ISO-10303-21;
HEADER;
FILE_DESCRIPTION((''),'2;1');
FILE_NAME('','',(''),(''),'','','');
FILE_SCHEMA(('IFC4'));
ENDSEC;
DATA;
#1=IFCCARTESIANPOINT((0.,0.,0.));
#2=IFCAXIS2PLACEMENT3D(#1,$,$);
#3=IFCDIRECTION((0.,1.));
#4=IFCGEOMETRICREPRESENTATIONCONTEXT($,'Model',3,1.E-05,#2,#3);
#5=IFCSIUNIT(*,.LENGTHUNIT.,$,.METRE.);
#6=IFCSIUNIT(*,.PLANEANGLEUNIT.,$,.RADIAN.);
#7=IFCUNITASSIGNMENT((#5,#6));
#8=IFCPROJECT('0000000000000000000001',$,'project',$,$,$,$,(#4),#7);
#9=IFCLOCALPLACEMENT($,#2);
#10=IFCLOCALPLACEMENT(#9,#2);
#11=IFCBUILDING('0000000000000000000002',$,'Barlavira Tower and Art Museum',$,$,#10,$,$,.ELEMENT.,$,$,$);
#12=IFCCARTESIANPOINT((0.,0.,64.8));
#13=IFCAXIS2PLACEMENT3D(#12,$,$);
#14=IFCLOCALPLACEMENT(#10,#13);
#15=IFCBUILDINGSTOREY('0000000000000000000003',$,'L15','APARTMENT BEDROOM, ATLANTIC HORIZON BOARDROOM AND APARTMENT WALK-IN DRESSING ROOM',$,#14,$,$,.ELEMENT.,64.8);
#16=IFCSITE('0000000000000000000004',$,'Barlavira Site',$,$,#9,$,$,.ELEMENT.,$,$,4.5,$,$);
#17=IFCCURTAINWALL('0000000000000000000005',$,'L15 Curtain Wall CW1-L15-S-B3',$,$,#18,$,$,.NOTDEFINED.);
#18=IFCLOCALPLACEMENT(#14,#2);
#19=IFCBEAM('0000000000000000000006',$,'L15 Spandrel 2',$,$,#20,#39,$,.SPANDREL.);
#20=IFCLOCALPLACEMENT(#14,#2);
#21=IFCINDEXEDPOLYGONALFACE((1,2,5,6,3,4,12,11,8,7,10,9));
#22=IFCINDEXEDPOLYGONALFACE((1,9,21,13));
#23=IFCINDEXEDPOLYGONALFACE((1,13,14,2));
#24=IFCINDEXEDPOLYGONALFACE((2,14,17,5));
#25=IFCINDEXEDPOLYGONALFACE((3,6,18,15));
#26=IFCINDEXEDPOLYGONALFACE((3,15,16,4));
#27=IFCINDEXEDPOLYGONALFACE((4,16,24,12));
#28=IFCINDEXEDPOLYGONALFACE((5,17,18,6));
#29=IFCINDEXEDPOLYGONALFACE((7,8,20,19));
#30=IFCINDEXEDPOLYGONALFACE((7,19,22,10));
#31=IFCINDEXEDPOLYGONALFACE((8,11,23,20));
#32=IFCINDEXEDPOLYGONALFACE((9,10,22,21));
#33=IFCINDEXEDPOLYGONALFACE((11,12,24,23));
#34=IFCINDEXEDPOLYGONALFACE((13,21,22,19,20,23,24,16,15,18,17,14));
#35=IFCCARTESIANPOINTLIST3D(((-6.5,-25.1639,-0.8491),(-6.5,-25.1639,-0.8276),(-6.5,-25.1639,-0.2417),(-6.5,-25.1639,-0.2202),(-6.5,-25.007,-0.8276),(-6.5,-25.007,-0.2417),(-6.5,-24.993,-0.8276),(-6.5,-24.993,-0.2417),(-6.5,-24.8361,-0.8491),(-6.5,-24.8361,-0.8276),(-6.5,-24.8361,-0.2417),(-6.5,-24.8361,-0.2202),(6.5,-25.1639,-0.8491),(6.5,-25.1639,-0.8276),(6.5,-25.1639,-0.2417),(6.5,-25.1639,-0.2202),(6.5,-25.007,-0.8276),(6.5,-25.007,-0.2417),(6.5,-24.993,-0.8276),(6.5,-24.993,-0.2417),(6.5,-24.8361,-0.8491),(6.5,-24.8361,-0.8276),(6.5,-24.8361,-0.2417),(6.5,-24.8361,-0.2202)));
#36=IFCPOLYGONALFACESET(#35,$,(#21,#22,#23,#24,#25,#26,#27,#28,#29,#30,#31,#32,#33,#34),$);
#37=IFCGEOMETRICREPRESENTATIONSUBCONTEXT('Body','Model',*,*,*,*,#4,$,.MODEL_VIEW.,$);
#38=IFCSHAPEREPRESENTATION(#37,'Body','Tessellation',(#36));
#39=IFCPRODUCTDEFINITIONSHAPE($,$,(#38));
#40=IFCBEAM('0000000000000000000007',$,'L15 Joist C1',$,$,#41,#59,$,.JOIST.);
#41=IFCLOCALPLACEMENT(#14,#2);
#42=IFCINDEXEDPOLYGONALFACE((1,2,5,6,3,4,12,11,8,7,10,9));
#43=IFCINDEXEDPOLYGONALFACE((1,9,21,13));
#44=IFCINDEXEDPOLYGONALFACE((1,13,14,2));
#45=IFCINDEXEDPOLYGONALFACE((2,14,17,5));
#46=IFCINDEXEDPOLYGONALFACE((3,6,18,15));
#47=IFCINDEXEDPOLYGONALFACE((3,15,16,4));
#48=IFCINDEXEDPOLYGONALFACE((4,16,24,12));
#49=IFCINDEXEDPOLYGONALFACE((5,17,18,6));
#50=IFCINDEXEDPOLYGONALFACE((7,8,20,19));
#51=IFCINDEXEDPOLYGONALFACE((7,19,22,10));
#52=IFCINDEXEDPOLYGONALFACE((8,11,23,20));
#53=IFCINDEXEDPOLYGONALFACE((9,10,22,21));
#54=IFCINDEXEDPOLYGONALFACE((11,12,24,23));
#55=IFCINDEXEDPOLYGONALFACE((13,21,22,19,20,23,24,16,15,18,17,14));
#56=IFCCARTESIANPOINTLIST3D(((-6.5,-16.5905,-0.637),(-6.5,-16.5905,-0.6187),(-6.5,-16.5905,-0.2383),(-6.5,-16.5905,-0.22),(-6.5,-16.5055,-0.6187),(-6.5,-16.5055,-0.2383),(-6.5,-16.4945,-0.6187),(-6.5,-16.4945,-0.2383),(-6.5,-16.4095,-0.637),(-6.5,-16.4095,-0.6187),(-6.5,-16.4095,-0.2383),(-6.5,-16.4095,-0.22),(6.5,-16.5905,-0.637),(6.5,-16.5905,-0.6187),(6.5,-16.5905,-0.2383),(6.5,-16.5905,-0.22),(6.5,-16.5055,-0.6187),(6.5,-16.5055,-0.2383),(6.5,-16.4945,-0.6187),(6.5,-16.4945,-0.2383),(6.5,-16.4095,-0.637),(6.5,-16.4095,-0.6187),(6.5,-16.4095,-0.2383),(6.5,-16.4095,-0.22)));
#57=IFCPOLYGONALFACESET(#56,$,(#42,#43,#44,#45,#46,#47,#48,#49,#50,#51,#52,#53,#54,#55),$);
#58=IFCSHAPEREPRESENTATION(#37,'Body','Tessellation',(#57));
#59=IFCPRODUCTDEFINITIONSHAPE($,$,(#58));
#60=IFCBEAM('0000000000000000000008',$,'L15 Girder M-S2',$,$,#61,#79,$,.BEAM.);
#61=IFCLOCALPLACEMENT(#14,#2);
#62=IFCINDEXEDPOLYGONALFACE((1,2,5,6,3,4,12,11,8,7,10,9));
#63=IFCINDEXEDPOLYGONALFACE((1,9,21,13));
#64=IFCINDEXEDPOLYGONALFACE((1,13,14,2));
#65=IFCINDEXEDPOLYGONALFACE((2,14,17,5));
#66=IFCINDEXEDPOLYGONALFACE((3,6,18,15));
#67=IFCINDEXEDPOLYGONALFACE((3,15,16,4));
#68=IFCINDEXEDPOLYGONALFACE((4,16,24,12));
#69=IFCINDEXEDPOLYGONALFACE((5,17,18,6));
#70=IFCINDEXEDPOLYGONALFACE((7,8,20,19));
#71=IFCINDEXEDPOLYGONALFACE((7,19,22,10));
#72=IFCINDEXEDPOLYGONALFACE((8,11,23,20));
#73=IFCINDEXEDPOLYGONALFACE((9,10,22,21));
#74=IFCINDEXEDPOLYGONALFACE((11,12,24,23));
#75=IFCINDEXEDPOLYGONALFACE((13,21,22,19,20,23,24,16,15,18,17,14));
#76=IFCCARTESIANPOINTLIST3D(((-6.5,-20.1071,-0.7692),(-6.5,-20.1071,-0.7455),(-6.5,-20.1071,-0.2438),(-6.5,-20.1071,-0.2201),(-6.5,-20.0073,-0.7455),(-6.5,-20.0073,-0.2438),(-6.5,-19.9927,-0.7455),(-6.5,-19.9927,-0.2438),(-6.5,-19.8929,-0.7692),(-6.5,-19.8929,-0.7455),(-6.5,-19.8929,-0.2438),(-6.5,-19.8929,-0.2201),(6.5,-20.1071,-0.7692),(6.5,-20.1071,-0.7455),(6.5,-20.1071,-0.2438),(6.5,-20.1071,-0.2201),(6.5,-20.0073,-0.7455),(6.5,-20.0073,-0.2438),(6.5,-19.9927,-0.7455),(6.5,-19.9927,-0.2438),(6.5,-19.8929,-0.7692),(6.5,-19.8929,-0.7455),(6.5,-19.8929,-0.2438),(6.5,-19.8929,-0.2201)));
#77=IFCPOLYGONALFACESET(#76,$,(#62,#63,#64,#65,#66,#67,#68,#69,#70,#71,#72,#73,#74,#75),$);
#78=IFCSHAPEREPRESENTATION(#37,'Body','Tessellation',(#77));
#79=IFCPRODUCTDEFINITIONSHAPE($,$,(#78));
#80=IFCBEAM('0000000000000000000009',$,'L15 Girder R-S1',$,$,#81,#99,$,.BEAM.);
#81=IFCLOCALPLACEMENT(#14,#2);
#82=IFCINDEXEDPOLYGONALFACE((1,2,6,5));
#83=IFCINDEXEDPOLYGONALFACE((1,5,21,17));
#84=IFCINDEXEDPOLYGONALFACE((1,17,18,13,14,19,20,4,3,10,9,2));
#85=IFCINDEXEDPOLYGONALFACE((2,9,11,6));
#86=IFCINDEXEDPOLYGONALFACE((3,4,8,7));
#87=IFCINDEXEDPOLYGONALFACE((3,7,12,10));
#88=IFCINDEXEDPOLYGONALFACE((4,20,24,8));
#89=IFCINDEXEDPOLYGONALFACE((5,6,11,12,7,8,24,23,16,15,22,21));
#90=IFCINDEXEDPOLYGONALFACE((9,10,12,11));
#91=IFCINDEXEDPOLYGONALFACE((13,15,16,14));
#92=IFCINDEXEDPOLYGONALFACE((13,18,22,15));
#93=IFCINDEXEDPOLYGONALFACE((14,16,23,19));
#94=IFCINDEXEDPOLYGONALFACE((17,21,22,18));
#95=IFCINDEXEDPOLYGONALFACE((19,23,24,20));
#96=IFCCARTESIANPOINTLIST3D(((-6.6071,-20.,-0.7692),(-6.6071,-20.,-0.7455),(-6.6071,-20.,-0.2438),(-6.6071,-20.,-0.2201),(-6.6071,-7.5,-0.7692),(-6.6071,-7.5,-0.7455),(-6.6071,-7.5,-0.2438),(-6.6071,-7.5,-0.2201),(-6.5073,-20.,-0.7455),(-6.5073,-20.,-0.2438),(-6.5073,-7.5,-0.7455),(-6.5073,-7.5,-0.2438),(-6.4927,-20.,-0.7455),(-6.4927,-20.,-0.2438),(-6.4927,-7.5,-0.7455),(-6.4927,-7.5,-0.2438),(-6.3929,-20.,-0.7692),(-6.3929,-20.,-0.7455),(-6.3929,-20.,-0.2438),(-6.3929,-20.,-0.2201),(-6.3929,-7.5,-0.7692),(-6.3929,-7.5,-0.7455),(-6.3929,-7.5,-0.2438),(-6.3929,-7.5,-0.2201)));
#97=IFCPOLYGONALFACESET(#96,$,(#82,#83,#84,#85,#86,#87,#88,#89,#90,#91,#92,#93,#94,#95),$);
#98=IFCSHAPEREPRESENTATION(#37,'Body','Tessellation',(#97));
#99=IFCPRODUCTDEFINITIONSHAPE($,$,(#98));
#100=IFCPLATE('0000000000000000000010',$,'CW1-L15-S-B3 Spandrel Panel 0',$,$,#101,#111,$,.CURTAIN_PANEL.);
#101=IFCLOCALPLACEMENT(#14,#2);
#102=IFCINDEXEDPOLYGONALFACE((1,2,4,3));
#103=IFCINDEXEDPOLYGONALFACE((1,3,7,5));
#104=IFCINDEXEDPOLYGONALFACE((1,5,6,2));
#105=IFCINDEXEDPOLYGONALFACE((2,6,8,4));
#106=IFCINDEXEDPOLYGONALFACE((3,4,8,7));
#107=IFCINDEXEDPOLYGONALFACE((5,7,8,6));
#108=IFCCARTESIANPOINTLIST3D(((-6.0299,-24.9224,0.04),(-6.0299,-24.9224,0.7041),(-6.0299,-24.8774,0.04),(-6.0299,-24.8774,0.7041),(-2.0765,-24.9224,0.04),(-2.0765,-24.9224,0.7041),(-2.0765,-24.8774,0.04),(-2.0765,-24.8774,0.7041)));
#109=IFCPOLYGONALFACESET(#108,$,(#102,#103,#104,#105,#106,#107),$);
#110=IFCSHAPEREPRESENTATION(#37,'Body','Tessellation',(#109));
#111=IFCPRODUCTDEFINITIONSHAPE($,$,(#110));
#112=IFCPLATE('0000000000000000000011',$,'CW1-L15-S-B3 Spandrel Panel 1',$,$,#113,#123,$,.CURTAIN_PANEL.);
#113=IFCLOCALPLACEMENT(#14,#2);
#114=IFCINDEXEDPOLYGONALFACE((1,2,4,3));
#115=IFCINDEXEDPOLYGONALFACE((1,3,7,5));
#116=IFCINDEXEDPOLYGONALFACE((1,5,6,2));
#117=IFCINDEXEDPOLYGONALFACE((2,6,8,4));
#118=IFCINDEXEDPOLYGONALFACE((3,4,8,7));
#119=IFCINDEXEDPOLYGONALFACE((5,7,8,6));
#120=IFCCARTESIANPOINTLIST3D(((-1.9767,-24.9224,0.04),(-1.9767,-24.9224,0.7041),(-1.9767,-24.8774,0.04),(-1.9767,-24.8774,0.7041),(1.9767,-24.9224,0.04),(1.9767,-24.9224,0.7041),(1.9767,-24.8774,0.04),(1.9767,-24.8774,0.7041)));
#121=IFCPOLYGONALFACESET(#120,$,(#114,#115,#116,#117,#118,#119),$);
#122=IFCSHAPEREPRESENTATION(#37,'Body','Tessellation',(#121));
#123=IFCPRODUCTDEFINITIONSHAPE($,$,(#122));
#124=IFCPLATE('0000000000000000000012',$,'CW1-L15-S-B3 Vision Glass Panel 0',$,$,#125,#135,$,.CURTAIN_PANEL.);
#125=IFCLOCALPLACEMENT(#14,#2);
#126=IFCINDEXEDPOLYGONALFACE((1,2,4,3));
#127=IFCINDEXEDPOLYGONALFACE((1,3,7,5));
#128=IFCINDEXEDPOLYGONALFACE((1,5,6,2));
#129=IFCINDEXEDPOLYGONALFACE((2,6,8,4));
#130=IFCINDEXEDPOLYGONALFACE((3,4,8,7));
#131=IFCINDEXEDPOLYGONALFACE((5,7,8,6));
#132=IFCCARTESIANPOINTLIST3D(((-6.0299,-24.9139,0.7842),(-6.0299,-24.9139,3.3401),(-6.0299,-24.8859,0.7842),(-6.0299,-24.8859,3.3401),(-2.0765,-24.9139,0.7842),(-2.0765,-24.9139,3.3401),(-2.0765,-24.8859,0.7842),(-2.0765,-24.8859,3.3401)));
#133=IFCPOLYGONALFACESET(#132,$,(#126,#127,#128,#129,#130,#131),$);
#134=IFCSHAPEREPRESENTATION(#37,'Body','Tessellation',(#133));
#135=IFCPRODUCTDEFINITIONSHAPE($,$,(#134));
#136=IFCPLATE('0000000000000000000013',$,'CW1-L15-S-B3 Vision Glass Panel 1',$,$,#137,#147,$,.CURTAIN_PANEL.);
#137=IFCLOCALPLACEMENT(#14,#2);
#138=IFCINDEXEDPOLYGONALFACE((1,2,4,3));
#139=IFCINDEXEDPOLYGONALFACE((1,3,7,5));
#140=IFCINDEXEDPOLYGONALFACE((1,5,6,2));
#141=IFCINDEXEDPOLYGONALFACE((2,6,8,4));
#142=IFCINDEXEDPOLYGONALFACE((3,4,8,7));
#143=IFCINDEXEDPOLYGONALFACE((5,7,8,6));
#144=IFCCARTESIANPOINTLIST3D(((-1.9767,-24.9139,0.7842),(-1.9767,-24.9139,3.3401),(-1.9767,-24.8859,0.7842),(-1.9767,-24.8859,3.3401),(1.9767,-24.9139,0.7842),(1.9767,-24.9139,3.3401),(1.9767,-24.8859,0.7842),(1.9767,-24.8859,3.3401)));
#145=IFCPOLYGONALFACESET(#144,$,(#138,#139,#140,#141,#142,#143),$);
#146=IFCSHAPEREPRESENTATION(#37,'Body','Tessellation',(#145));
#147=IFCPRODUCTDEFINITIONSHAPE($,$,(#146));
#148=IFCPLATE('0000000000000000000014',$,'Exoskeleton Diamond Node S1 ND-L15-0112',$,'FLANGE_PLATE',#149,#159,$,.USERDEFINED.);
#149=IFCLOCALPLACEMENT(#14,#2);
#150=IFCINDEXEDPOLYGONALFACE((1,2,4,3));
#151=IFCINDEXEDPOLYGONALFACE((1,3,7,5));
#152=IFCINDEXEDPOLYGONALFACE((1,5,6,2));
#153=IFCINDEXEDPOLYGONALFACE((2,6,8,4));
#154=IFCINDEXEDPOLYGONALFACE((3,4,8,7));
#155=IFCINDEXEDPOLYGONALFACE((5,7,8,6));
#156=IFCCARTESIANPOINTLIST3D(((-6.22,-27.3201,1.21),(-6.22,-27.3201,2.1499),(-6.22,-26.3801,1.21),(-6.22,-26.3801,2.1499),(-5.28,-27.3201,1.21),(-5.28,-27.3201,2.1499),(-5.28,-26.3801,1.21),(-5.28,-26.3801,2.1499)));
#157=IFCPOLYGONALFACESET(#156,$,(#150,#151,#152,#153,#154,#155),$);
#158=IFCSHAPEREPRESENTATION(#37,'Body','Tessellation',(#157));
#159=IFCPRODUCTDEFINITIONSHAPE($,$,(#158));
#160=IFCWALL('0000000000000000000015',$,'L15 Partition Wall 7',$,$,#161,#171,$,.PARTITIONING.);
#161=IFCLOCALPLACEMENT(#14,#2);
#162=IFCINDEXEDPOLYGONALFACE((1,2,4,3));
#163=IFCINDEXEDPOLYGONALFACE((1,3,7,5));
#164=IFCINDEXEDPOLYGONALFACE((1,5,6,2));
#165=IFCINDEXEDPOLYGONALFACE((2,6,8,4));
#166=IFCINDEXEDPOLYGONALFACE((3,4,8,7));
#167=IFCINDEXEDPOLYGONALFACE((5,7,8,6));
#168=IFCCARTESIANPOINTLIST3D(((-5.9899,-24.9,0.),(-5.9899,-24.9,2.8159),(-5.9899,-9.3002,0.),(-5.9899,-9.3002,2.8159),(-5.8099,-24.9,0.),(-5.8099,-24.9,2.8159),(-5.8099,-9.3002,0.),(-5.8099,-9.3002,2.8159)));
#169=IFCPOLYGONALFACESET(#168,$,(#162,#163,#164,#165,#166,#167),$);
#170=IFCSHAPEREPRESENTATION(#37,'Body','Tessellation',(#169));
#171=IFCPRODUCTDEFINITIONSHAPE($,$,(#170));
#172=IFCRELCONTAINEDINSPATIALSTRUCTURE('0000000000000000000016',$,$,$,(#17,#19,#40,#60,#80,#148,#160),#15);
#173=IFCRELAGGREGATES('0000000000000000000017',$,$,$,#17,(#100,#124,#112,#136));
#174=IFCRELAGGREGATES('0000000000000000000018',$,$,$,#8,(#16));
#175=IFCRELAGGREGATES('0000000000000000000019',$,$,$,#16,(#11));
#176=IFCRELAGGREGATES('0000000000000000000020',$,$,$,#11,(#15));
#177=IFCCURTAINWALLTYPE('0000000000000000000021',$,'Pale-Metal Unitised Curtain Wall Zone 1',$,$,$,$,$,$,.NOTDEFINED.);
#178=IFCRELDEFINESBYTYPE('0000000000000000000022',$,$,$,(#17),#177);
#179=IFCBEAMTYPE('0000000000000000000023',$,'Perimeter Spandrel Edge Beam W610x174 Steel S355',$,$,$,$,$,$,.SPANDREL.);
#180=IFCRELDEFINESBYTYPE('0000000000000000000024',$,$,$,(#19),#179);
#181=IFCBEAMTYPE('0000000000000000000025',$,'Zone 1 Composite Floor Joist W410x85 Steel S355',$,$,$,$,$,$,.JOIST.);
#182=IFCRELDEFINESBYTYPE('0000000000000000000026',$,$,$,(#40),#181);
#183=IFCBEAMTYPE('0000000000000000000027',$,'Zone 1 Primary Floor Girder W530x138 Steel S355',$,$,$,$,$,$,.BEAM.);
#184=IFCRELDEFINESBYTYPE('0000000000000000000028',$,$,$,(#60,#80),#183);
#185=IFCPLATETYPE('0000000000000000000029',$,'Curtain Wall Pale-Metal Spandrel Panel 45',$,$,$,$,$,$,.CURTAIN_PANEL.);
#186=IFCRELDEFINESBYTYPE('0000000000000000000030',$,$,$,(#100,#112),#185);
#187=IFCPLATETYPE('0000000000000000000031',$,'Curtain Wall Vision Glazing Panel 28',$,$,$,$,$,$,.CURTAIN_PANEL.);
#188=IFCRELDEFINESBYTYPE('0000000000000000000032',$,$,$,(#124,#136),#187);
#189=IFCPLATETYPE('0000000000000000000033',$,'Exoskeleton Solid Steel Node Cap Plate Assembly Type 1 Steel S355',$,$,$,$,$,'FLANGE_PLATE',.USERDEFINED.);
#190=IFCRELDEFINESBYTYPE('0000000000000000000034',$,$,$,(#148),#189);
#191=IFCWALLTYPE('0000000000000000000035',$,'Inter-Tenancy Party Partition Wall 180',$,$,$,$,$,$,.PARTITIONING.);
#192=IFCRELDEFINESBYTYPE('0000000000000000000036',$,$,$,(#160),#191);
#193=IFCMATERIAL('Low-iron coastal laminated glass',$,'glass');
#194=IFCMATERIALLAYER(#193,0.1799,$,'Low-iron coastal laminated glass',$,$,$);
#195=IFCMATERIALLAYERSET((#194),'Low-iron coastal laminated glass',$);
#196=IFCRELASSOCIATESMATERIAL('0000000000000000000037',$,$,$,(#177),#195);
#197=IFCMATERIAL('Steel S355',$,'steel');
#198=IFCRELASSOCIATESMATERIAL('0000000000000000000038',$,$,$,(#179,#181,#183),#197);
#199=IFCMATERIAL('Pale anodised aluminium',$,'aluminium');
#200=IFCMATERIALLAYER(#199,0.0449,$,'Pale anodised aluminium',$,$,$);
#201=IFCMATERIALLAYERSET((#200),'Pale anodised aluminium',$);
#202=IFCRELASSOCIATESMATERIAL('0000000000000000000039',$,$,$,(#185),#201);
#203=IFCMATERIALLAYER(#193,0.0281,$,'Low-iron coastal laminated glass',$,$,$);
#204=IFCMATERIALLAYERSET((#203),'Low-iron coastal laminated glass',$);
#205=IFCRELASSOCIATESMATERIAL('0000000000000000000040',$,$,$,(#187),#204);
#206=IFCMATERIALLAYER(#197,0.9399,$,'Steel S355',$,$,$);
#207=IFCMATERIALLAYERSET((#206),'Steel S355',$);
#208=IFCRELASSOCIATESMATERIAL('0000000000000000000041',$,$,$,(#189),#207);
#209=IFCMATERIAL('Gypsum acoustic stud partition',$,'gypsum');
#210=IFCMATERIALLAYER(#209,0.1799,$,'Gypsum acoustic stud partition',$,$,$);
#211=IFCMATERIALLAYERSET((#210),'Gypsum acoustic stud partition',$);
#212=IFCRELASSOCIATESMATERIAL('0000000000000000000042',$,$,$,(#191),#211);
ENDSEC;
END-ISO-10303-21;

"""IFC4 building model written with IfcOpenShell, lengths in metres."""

from ifc_helpers import new_model, si_unit, direction, frame, frame_2d, origin, origin_2d, place, context, subcontext, project, spatial, rectangle, i_section, extrude, material, layer, layer_set, material_profile, profile_set, type_object, element, aggregate, save


model = new_model("IFC4")

# Units and contexts
model_context = context("Model", 3, precision=1e-05, world=origin(), true_north=direction((0.0, 1.0)))
body_context = subcontext(model_context, "Body", "Model", "MODEL_VIEW")
ifc_project = project(units=[si_unit("LENGTHUNIT", "METRE"), si_unit("PLANEANGLEUNIT", "RADIAN")], contexts=[model_context])

# Site, building, storey
site_placement = place(None, origin())
site = spatial("IfcSite", under=ifc_project, at=site_placement, Name="Barlavira Site", CompositionType="ELEMENT", RefElevation=4.5)
building_placement = place(site_placement, origin())
building = spatial("IfcBuilding", under=site, at=building_placement, Name="Barlavira Tower and Art Museum", CompositionType="ELEMENT")
storey_placement = place(building_placement, frame((0.0, 0.0, 64.8)))
storey = spatial("IfcBuildingStorey", under=building, at=storey_placement, Name="L15", Description="APARTMENT BEDROOM, ATLANTIC HORIZON BOARDROOM AND APARTMENT WALK-IN DRESSING ROOM", CompositionType="ELEMENT", Elevation=64.8)

# Curtain wall
ifc_material_1 = material(Name="Low-iron coastal laminated glass", Category="glass")
ifc_layer_1 = layer(ifc_material_1, 0.1799, Name="Low-iron coastal laminated glass")
ifc_layer_set_1 = layer_set([ifc_layer_1], Name="Low-iron coastal laminated glass")
curtain_wall_type = type_object("IfcCurtainWallType", Name="Pale-Metal Unitised Curtain Wall Zone 1", PredefinedType="NOTDEFINED", material=ifc_layer_set_1)
curtain_wall_placement = place(storey_placement, origin())
curtain_wall = element("IfcCurtainWall", 1, at=curtain_wall_placement, inside=storey, type_object=curtain_wall_type, Name="L15 Curtain Wall CW1-L15-S-B3", PredefinedType="NOTDEFINED")
ifc_material_2 = material(Name="Pale anodised aluminium", Category="aluminium")

# Beams
ifc_material_3 = material(Name="Steel S355", Category="steel")
ifc_material_profile_1 = material_profile(ifc_material_3, i_section(OverallWidth=0.3279, OverallDepth=0.6289, WebThickness=0.0139, FlangeThickness=0.0215, at=origin_2d()), Name="W610x174.0")
ifc_profile_set_1 = profile_set([ifc_material_profile_1], Name="Steel S355")
beam_type_1 = type_object("IfcBeamType", Name="Perimeter Spandrel Edge Beam W610x174 Steel S355", PredefinedType="SPANDREL", material=ifc_profile_set_1)
beam_1_placement = place(storey_placement, frame((-6.5, -25.0, -0.5347), z_axis=(1.0, 0.0, 0.0), x_axis=(0.0, 1.0, 0.0)))
element("IfcBeam", 2, at=beam_1_placement, inside=storey, type_object=beam_type_1, Name="L15 Spandrel 2", PredefinedType="SPANDREL", context=body_context, shape_type="SweptSolid", body=[
    extrude(i_section(OverallWidth=0.3279, OverallDepth=0.6289, WebThickness=0.0139, FlangeThickness=0.0215, at=origin_2d()), origin(), (0.0, 0.0, 1.0), 13.0),
])
ifc_material_profile_2 = material_profile(ifc_material_3, i_section(OverallWidth=0.1809, OverallDepth=0.417, WebThickness=0.011, FlangeThickness=0.0183, at=origin_2d()), Name="W410x85.0")
ifc_profile_set_2 = profile_set([ifc_material_profile_2], Name="Steel S355")
beam_type_2 = type_object("IfcBeamType", Name="Zone 1 Composite Floor Joist W410x85 Steel S355", PredefinedType="JOIST", material=ifc_profile_set_2)
beam_2_placement = place(storey_placement, frame((-6.5, -16.5, -0.4285), z_axis=(1.0, 0.0, 0.0), x_axis=(0.0, 1.0, 0.0)))
element("IfcBeam", 3, at=beam_2_placement, inside=storey, type_object=beam_type_2, Name="L15 Joist C1", PredefinedType="JOIST", context=body_context, shape_type="SweptSolid", body=[
    extrude(i_section(OverallWidth=0.1809, OverallDepth=0.417, WebThickness=0.011, FlangeThickness=0.0183, at=origin_2d()), origin(), (0.0, 0.0, 1.0), 13.0),
])
ifc_material_profile_3 = material_profile(ifc_material_3, i_section(OverallWidth=0.2141, OverallDepth=0.5491, WebThickness=0.0146, FlangeThickness=0.0237, at=origin_2d()), Name="W530x138.0")
ifc_profile_set_3 = profile_set([ifc_material_profile_3], Name="Steel S355")
beam_type_3 = type_object("IfcBeamType", Name="Zone 1 Primary Floor Girder W530x138 Steel S355", PredefinedType="BEAM", material=ifc_profile_set_3)
beam_3_placement = place(storey_placement, frame((-6.5, -20.0, -0.4946), z_axis=(1.0, 0.0, 0.0), x_axis=(0.0, 1.0, 0.0)))
element("IfcBeam", 4, at=beam_3_placement, inside=storey, type_object=beam_type_3, Name="L15 Girder M-S2", PredefinedType="BEAM", context=body_context, shape_type="SweptSolid", body=[
    extrude(i_section(OverallWidth=0.2141, OverallDepth=0.5491, WebThickness=0.0146, FlangeThickness=0.0237, at=origin_2d()), origin(), (0.0, 0.0, 1.0), 13.0),
])
beam_4_placement = place(storey_placement, frame((-6.5, -20.0, -0.4946), z_axis=(0.0, 1.0, 0.0), x_axis=(-1.0, 0.0, 0.0)))
element("IfcBeam", 5, at=beam_4_placement, inside=storey, type_object=beam_type_3, Name="L15 Girder R-S1", PredefinedType="BEAM", context=body_context, shape_type="SweptSolid", body=[
    extrude(i_section(OverallWidth=0.2141, OverallDepth=0.5491, WebThickness=0.0146, FlangeThickness=0.0237, at=origin_2d()), origin(), (0.0, 0.0, 1.0), 12.5),
])

# Plates
ifc_layer_2 = layer(ifc_material_2, 0.0449, Name="Pale anodised aluminium")
ifc_layer_set_2 = layer_set([ifc_layer_2], Name="Pale anodised aluminium")
plate_type_1 = type_object("IfcPlateType", Name="Curtain Wall Pale-Metal Spandrel Panel 45", PredefinedType="CURTAIN_PANEL", material=ifc_layer_set_2)
plate_1_placement = place(storey_placement, frame((-4.0532, -24.8999, 0.04), z_axis=(0.0, 0.0, 1.0), x_axis=(1.0, 0.0, 0.0)))
plate_1 = element("IfcPlate", 6, at=plate_1_placement, type_object=plate_type_1, Name="CW1-L15-S-B3 Spandrel Panel 0", PredefinedType="CURTAIN_PANEL", context=body_context, shape_type="SweptSolid", body=[
    extrude(rectangle(XDim=3.9534, YDim=0.0449, at=origin_2d()), origin(), (0.0, 0.0, 1.0), 0.6641),
])
plate_2_placement = place(storey_placement, frame((0.0, -24.8999, 0.04), z_axis=(0.0, 0.0, 1.0), x_axis=(1.0, 0.0, 0.0)))
plate_2 = element("IfcPlate", 7, at=plate_2_placement, type_object=plate_type_1, Name="CW1-L15-S-B3 Spandrel Panel 1", PredefinedType="CURTAIN_PANEL", context=body_context, shape_type="SweptSolid", body=[
    extrude(rectangle(XDim=3.9534, YDim=0.0449, at=origin_2d()), origin(), (0.0, 0.0, 1.0), 0.6641),
])
ifc_layer_3 = layer(ifc_material_1, 0.0281, Name="Low-iron coastal laminated glass")
ifc_layer_set_3 = layer_set([ifc_layer_3], Name="Low-iron coastal laminated glass")
plate_type_2 = type_object("IfcPlateType", Name="Curtain Wall Vision Glazing Panel 28", PredefinedType="CURTAIN_PANEL", material=ifc_layer_set_3)
plate_3_placement = place(storey_placement, frame((-4.0532, -24.8999, 0.7842), z_axis=(0.0, 0.0, 1.0), x_axis=(1.0, 0.0, 0.0)))
plate_3 = element("IfcPlate", 8, at=plate_3_placement, type_object=plate_type_2, Name="CW1-L15-S-B3 Vision Glass Panel 0", PredefinedType="CURTAIN_PANEL", context=body_context, shape_type="SweptSolid", body=[
    extrude(rectangle(XDim=3.9534, YDim=0.0281, at=origin_2d()), origin(), (0.0, 0.0, 1.0), 2.5559),
])
plate_4_placement = place(storey_placement, frame((0.0, -24.8999, 0.7842), z_axis=(0.0, 0.0, 1.0), x_axis=(1.0, 0.0, 0.0)))
plate_4 = element("IfcPlate", 9, at=plate_4_placement, type_object=plate_type_2, Name="CW1-L15-S-B3 Vision Glass Panel 1", PredefinedType="CURTAIN_PANEL", context=body_context, shape_type="SweptSolid", body=[
    extrude(rectangle(XDim=3.9534, YDim=0.0281, at=origin_2d()), origin(), (0.0, 0.0, 1.0), 2.5559),
])
aggregate(curtain_wall, [plate_1, plate_3, plate_2, plate_4])
ifc_layer_4 = layer(ifc_material_3, 0.9399, Name="Steel S355")
ifc_layer_set_4 = layer_set([ifc_layer_4], Name="Steel S355")
plate_type_3 = type_object("IfcPlateType", Name="Exoskeleton Solid Steel Node Cap Plate Assembly Type 1 Steel S355", ElementType="FLANGE_PLATE", PredefinedType="USERDEFINED", material=ifc_layer_set_4)
plate_5_placement = place(storey_placement, frame((-5.75, -26.8501, 1.21), z_axis=(0.0, 0.0, 1.0), x_axis=(1.0, 0.0, 0.0)))
element("IfcPlate", 10, at=plate_5_placement, inside=storey, type_object=plate_type_3, Name="Exoskeleton Diamond Node S1 ND-L15-0112", ObjectType="FLANGE_PLATE", PredefinedType="USERDEFINED", context=body_context, shape_type="SweptSolid", body=[
    extrude(rectangle(XDim=0.9399, YDim=0.9399, at=origin_2d()), origin(), (0.0, 0.0, 1.0), 0.9399),
])

# Wall
ifc_material_4 = material(Name="Gypsum acoustic stud partition", Category="gypsum")
ifc_layer_5 = layer(ifc_material_4, 0.1799, Name="Gypsum acoustic stud partition")
ifc_layer_set_5 = layer_set([ifc_layer_5], Name="Gypsum acoustic stud partition")
wall_type = type_object("IfcWallType", Name="Inter-Tenancy Party Partition Wall 180", PredefinedType="PARTITIONING", material=ifc_layer_set_5)
wall_1_placement = place(storey_placement, frame((-5.8999, -24.8999, 0.0), z_axis=(0.0, 0.0, 1.0), x_axis=(0.0, 1.0, 0.0)))
element("IfcWall", 11, at=wall_1_placement, inside=storey, type_object=wall_type, Name="L15 Partition Wall 7", PredefinedType="PARTITIONING", context=body_context, shape_type="SweptSolid", body=[
    extrude(rectangle(XDim=15.5999, YDim=0.1799, at=frame_2d((7.7998, 0.0))), origin(), (0.0, 0.0, 1.0), 2.8159),
])

save(model, "model.ifc")
